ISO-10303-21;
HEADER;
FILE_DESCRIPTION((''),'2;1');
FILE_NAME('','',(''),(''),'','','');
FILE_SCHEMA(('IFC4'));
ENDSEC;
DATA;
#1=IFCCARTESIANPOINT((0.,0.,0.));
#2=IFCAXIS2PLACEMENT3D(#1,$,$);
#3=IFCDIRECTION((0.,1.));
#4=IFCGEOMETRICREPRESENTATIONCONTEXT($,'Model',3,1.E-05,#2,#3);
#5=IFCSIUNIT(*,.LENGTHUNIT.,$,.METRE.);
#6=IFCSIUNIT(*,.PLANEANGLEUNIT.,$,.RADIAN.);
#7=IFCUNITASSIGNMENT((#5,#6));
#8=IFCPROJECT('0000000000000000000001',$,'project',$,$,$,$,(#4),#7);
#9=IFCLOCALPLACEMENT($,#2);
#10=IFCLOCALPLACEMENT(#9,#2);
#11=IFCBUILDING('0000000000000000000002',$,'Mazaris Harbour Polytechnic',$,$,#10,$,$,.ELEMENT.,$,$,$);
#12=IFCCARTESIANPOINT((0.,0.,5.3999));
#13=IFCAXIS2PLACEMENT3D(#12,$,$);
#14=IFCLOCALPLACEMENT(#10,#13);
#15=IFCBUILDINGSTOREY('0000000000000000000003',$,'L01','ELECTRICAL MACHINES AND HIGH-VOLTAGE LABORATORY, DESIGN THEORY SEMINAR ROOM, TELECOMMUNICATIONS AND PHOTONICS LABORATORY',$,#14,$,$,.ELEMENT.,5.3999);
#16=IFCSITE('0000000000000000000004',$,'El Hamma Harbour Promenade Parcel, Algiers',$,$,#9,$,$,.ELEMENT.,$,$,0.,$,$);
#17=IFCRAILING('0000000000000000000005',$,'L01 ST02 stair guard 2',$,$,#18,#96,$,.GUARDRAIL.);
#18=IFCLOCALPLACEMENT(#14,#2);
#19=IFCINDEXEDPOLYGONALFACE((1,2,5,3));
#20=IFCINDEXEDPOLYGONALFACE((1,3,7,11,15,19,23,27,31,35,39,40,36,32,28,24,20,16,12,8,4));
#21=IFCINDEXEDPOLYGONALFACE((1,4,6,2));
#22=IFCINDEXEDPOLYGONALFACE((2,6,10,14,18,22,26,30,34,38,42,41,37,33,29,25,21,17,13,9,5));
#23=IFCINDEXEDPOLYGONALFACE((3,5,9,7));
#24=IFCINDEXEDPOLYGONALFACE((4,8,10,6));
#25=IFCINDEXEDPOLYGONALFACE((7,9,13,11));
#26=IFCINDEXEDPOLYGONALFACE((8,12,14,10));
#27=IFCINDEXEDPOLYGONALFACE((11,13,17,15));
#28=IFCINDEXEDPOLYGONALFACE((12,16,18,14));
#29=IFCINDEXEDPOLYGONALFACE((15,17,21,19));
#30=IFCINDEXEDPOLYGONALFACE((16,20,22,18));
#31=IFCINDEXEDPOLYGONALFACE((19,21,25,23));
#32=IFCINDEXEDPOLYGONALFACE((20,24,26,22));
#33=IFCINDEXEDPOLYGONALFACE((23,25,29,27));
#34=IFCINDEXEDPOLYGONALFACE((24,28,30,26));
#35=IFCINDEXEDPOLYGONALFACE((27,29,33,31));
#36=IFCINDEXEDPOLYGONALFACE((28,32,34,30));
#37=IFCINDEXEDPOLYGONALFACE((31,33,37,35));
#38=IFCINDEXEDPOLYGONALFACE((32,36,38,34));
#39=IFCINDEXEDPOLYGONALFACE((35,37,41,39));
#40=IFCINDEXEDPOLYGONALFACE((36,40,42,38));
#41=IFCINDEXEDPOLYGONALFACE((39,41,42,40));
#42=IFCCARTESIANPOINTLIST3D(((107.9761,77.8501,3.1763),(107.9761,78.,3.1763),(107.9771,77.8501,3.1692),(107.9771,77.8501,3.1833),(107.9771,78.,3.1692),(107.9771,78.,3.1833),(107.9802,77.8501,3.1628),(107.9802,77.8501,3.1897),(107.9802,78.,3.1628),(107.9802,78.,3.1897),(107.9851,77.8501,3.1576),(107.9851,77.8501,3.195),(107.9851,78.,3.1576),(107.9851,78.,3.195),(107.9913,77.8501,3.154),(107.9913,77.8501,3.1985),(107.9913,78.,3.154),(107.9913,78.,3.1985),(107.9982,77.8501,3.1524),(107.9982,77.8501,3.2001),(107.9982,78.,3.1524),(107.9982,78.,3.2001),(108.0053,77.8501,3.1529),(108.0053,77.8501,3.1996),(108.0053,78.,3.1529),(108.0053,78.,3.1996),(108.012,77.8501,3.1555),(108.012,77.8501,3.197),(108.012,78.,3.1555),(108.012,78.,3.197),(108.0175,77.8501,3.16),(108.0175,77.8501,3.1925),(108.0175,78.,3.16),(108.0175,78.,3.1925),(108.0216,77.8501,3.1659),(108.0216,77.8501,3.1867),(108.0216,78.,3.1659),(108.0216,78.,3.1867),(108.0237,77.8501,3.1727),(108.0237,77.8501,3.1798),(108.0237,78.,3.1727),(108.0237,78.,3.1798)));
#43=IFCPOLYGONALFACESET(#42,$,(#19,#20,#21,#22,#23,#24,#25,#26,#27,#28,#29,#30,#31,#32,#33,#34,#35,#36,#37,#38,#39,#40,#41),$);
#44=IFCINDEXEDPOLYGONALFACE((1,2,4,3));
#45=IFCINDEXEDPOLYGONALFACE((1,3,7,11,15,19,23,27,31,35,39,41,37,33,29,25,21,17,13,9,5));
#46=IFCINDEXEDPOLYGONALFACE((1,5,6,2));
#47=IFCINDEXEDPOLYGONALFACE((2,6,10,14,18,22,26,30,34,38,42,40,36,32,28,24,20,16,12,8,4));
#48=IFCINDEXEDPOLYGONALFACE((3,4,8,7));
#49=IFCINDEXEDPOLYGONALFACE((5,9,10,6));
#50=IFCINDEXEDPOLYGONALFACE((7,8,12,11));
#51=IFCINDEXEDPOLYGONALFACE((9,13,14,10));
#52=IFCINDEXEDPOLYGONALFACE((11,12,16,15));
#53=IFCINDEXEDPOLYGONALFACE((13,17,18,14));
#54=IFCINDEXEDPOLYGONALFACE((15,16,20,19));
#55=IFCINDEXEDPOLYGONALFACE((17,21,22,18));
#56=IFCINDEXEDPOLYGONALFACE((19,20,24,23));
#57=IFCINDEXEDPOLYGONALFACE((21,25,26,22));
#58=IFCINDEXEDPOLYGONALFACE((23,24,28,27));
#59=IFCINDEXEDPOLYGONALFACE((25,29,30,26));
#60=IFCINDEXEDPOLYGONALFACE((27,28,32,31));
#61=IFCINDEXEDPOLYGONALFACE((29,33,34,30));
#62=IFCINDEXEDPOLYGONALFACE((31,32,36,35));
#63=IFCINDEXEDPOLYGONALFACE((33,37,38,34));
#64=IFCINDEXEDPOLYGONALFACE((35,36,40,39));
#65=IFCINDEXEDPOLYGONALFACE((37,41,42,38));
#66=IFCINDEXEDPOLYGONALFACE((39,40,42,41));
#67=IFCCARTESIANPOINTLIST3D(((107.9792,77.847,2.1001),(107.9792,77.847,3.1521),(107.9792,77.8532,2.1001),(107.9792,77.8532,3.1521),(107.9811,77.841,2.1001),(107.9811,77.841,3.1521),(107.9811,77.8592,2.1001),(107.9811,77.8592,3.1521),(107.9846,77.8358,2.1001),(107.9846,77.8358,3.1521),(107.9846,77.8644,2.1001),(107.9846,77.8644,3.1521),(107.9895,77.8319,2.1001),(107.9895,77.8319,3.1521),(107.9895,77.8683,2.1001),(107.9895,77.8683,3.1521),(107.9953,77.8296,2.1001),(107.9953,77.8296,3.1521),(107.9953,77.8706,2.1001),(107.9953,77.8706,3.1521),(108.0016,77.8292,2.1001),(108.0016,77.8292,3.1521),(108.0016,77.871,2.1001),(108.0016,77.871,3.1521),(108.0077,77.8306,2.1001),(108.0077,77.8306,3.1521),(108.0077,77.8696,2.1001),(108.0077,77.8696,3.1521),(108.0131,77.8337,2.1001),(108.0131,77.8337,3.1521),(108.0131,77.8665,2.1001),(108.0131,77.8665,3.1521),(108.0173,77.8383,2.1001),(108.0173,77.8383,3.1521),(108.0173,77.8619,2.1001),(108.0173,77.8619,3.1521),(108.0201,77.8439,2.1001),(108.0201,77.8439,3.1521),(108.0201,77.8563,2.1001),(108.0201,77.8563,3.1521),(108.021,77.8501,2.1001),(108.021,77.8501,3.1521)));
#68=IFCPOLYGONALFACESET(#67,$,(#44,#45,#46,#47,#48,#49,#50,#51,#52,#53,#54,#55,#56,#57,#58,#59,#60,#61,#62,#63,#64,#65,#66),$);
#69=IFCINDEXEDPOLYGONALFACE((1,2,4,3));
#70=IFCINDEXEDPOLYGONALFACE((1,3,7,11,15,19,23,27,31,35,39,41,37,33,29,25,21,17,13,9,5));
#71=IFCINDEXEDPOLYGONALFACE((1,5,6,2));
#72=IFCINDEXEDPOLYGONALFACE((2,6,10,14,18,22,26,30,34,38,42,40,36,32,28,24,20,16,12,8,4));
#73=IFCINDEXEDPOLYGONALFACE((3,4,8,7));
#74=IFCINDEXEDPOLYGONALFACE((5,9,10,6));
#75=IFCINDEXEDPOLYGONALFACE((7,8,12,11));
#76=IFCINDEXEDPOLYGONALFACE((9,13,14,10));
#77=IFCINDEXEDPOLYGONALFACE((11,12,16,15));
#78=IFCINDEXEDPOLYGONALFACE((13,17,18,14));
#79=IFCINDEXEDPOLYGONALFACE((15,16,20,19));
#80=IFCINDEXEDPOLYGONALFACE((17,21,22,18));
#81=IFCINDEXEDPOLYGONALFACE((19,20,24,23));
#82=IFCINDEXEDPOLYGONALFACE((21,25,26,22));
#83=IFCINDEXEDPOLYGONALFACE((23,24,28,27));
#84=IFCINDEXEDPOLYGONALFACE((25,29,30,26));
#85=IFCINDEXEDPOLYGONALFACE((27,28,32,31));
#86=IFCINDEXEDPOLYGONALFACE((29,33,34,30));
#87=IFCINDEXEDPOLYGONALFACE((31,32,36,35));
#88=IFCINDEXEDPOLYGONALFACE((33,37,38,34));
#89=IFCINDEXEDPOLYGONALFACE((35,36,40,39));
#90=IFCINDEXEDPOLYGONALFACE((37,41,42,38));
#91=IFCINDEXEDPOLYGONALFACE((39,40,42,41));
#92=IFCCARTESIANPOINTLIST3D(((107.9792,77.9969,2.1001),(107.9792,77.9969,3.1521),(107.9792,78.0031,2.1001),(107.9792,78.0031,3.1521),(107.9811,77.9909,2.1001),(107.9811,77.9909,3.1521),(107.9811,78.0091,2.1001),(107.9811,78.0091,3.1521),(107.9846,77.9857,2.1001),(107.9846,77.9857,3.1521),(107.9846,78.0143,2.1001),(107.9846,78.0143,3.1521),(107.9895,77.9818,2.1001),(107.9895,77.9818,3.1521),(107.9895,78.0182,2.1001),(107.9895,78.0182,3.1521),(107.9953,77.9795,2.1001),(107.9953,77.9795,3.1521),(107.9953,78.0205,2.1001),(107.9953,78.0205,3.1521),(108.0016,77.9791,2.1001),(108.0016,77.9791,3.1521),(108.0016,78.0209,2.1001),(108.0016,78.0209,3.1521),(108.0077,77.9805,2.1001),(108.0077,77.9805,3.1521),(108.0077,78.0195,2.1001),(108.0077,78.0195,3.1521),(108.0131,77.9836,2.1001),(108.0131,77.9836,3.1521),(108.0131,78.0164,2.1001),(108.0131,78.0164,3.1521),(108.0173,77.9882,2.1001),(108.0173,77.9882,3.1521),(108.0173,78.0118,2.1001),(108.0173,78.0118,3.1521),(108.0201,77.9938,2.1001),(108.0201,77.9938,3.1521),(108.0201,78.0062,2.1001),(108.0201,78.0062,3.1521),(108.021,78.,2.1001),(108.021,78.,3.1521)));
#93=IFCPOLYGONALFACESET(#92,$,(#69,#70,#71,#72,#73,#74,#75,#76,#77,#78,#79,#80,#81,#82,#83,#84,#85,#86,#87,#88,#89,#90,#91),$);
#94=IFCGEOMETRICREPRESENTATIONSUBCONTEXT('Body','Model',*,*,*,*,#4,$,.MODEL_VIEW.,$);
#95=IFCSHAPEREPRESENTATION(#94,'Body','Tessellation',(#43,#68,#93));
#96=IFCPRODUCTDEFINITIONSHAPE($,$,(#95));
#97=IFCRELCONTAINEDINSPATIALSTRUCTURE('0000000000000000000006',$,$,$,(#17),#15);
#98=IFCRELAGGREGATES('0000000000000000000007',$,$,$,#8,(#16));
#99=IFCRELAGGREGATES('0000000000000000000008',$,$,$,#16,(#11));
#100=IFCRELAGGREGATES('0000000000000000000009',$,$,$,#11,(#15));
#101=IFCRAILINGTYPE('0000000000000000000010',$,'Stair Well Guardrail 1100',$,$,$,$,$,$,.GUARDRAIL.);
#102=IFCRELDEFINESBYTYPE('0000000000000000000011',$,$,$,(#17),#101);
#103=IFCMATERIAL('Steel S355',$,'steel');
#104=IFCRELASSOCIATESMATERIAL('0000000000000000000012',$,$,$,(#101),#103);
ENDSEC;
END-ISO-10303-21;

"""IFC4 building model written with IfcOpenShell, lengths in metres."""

from ifc_helpers import new_model, si_unit, direction, frame, origin, origin_2d, place, context, subcontext, project, spatial, circle, extrude, material, type_object, element, save


model = new_model("IFC4")

# Units and contexts
model_context = context("Model", 3, precision=1e-05, world=origin(), true_north=direction((0.0, 1.0)))
body_context = subcontext(model_context, "Body", "Model", "MODEL_VIEW")
ifc_project = project(units=[si_unit("LENGTHUNIT", "METRE"), si_unit("PLANEANGLEUNIT", "RADIAN")], contexts=[model_context])

# Site, building, storey
site_placement = place(None, origin())
site = spatial("IfcSite", under=ifc_project, at=site_placement, Name="El Hamma Harbour Promenade Parcel, Algiers", CompositionType="ELEMENT", RefElevation=0.0)
building_placement = place(site_placement, origin())
building = spatial("IfcBuilding", under=site, at=building_placement, Name="Mazaris Harbour Polytechnic", CompositionType="ELEMENT")
storey_placement = place(building_placement, frame((0.0, 0.0, 5.3999)))
storey = spatial("IfcBuildingStorey", under=building, at=storey_placement, Name="L01", Description="ELECTRICAL MACHINES AND HIGH-VOLTAGE LABORATORY, DESIGN THEORY SEMINAR ROOM, TELECOMMUNICATIONS AND PHOTONICS LABORATORY", CompositionType="ELEMENT", Elevation=5.3999)

# Railing
ifc_material_1 = material(Name="Steel S355", Category="steel")
railing_type_1 = type_object("IfcRailingType", Name="Stair Well Guardrail 1100", PredefinedType="GUARDRAIL", material=ifc_material_1)
railing_1_placement = place(storey_placement, frame((108.0, 77.8501, 2.1001)))
element("IfcRailing", 1, at=railing_1_placement, inside=storey, type_object=railing_type_1, Name="L01 ST02 stair guard 2", PredefinedType="GUARDRAIL", context=body_context, shape_type="SweptSolid", body=[
    extrude(circle(Radius=0.0239, at=origin_2d()), frame((0.0, 0.0, 1.0762), z_axis=(0.0, 1.0, 0.0), x_axis=(-1.0, 0.0, 0.0)), (0.0, 0.0, 1.0), 0.1499),
    extrude(circle(Radius=0.021, at=origin_2d()), origin(), (0.0, 0.0, 1.0), 1.052),
    extrude(circle(Radius=0.021, at=origin_2d()), frame((0.0, 0.1499, 0.0)), (0.0, 0.0, 1.0), 1.052),
])

save(model, "model.ifc")
